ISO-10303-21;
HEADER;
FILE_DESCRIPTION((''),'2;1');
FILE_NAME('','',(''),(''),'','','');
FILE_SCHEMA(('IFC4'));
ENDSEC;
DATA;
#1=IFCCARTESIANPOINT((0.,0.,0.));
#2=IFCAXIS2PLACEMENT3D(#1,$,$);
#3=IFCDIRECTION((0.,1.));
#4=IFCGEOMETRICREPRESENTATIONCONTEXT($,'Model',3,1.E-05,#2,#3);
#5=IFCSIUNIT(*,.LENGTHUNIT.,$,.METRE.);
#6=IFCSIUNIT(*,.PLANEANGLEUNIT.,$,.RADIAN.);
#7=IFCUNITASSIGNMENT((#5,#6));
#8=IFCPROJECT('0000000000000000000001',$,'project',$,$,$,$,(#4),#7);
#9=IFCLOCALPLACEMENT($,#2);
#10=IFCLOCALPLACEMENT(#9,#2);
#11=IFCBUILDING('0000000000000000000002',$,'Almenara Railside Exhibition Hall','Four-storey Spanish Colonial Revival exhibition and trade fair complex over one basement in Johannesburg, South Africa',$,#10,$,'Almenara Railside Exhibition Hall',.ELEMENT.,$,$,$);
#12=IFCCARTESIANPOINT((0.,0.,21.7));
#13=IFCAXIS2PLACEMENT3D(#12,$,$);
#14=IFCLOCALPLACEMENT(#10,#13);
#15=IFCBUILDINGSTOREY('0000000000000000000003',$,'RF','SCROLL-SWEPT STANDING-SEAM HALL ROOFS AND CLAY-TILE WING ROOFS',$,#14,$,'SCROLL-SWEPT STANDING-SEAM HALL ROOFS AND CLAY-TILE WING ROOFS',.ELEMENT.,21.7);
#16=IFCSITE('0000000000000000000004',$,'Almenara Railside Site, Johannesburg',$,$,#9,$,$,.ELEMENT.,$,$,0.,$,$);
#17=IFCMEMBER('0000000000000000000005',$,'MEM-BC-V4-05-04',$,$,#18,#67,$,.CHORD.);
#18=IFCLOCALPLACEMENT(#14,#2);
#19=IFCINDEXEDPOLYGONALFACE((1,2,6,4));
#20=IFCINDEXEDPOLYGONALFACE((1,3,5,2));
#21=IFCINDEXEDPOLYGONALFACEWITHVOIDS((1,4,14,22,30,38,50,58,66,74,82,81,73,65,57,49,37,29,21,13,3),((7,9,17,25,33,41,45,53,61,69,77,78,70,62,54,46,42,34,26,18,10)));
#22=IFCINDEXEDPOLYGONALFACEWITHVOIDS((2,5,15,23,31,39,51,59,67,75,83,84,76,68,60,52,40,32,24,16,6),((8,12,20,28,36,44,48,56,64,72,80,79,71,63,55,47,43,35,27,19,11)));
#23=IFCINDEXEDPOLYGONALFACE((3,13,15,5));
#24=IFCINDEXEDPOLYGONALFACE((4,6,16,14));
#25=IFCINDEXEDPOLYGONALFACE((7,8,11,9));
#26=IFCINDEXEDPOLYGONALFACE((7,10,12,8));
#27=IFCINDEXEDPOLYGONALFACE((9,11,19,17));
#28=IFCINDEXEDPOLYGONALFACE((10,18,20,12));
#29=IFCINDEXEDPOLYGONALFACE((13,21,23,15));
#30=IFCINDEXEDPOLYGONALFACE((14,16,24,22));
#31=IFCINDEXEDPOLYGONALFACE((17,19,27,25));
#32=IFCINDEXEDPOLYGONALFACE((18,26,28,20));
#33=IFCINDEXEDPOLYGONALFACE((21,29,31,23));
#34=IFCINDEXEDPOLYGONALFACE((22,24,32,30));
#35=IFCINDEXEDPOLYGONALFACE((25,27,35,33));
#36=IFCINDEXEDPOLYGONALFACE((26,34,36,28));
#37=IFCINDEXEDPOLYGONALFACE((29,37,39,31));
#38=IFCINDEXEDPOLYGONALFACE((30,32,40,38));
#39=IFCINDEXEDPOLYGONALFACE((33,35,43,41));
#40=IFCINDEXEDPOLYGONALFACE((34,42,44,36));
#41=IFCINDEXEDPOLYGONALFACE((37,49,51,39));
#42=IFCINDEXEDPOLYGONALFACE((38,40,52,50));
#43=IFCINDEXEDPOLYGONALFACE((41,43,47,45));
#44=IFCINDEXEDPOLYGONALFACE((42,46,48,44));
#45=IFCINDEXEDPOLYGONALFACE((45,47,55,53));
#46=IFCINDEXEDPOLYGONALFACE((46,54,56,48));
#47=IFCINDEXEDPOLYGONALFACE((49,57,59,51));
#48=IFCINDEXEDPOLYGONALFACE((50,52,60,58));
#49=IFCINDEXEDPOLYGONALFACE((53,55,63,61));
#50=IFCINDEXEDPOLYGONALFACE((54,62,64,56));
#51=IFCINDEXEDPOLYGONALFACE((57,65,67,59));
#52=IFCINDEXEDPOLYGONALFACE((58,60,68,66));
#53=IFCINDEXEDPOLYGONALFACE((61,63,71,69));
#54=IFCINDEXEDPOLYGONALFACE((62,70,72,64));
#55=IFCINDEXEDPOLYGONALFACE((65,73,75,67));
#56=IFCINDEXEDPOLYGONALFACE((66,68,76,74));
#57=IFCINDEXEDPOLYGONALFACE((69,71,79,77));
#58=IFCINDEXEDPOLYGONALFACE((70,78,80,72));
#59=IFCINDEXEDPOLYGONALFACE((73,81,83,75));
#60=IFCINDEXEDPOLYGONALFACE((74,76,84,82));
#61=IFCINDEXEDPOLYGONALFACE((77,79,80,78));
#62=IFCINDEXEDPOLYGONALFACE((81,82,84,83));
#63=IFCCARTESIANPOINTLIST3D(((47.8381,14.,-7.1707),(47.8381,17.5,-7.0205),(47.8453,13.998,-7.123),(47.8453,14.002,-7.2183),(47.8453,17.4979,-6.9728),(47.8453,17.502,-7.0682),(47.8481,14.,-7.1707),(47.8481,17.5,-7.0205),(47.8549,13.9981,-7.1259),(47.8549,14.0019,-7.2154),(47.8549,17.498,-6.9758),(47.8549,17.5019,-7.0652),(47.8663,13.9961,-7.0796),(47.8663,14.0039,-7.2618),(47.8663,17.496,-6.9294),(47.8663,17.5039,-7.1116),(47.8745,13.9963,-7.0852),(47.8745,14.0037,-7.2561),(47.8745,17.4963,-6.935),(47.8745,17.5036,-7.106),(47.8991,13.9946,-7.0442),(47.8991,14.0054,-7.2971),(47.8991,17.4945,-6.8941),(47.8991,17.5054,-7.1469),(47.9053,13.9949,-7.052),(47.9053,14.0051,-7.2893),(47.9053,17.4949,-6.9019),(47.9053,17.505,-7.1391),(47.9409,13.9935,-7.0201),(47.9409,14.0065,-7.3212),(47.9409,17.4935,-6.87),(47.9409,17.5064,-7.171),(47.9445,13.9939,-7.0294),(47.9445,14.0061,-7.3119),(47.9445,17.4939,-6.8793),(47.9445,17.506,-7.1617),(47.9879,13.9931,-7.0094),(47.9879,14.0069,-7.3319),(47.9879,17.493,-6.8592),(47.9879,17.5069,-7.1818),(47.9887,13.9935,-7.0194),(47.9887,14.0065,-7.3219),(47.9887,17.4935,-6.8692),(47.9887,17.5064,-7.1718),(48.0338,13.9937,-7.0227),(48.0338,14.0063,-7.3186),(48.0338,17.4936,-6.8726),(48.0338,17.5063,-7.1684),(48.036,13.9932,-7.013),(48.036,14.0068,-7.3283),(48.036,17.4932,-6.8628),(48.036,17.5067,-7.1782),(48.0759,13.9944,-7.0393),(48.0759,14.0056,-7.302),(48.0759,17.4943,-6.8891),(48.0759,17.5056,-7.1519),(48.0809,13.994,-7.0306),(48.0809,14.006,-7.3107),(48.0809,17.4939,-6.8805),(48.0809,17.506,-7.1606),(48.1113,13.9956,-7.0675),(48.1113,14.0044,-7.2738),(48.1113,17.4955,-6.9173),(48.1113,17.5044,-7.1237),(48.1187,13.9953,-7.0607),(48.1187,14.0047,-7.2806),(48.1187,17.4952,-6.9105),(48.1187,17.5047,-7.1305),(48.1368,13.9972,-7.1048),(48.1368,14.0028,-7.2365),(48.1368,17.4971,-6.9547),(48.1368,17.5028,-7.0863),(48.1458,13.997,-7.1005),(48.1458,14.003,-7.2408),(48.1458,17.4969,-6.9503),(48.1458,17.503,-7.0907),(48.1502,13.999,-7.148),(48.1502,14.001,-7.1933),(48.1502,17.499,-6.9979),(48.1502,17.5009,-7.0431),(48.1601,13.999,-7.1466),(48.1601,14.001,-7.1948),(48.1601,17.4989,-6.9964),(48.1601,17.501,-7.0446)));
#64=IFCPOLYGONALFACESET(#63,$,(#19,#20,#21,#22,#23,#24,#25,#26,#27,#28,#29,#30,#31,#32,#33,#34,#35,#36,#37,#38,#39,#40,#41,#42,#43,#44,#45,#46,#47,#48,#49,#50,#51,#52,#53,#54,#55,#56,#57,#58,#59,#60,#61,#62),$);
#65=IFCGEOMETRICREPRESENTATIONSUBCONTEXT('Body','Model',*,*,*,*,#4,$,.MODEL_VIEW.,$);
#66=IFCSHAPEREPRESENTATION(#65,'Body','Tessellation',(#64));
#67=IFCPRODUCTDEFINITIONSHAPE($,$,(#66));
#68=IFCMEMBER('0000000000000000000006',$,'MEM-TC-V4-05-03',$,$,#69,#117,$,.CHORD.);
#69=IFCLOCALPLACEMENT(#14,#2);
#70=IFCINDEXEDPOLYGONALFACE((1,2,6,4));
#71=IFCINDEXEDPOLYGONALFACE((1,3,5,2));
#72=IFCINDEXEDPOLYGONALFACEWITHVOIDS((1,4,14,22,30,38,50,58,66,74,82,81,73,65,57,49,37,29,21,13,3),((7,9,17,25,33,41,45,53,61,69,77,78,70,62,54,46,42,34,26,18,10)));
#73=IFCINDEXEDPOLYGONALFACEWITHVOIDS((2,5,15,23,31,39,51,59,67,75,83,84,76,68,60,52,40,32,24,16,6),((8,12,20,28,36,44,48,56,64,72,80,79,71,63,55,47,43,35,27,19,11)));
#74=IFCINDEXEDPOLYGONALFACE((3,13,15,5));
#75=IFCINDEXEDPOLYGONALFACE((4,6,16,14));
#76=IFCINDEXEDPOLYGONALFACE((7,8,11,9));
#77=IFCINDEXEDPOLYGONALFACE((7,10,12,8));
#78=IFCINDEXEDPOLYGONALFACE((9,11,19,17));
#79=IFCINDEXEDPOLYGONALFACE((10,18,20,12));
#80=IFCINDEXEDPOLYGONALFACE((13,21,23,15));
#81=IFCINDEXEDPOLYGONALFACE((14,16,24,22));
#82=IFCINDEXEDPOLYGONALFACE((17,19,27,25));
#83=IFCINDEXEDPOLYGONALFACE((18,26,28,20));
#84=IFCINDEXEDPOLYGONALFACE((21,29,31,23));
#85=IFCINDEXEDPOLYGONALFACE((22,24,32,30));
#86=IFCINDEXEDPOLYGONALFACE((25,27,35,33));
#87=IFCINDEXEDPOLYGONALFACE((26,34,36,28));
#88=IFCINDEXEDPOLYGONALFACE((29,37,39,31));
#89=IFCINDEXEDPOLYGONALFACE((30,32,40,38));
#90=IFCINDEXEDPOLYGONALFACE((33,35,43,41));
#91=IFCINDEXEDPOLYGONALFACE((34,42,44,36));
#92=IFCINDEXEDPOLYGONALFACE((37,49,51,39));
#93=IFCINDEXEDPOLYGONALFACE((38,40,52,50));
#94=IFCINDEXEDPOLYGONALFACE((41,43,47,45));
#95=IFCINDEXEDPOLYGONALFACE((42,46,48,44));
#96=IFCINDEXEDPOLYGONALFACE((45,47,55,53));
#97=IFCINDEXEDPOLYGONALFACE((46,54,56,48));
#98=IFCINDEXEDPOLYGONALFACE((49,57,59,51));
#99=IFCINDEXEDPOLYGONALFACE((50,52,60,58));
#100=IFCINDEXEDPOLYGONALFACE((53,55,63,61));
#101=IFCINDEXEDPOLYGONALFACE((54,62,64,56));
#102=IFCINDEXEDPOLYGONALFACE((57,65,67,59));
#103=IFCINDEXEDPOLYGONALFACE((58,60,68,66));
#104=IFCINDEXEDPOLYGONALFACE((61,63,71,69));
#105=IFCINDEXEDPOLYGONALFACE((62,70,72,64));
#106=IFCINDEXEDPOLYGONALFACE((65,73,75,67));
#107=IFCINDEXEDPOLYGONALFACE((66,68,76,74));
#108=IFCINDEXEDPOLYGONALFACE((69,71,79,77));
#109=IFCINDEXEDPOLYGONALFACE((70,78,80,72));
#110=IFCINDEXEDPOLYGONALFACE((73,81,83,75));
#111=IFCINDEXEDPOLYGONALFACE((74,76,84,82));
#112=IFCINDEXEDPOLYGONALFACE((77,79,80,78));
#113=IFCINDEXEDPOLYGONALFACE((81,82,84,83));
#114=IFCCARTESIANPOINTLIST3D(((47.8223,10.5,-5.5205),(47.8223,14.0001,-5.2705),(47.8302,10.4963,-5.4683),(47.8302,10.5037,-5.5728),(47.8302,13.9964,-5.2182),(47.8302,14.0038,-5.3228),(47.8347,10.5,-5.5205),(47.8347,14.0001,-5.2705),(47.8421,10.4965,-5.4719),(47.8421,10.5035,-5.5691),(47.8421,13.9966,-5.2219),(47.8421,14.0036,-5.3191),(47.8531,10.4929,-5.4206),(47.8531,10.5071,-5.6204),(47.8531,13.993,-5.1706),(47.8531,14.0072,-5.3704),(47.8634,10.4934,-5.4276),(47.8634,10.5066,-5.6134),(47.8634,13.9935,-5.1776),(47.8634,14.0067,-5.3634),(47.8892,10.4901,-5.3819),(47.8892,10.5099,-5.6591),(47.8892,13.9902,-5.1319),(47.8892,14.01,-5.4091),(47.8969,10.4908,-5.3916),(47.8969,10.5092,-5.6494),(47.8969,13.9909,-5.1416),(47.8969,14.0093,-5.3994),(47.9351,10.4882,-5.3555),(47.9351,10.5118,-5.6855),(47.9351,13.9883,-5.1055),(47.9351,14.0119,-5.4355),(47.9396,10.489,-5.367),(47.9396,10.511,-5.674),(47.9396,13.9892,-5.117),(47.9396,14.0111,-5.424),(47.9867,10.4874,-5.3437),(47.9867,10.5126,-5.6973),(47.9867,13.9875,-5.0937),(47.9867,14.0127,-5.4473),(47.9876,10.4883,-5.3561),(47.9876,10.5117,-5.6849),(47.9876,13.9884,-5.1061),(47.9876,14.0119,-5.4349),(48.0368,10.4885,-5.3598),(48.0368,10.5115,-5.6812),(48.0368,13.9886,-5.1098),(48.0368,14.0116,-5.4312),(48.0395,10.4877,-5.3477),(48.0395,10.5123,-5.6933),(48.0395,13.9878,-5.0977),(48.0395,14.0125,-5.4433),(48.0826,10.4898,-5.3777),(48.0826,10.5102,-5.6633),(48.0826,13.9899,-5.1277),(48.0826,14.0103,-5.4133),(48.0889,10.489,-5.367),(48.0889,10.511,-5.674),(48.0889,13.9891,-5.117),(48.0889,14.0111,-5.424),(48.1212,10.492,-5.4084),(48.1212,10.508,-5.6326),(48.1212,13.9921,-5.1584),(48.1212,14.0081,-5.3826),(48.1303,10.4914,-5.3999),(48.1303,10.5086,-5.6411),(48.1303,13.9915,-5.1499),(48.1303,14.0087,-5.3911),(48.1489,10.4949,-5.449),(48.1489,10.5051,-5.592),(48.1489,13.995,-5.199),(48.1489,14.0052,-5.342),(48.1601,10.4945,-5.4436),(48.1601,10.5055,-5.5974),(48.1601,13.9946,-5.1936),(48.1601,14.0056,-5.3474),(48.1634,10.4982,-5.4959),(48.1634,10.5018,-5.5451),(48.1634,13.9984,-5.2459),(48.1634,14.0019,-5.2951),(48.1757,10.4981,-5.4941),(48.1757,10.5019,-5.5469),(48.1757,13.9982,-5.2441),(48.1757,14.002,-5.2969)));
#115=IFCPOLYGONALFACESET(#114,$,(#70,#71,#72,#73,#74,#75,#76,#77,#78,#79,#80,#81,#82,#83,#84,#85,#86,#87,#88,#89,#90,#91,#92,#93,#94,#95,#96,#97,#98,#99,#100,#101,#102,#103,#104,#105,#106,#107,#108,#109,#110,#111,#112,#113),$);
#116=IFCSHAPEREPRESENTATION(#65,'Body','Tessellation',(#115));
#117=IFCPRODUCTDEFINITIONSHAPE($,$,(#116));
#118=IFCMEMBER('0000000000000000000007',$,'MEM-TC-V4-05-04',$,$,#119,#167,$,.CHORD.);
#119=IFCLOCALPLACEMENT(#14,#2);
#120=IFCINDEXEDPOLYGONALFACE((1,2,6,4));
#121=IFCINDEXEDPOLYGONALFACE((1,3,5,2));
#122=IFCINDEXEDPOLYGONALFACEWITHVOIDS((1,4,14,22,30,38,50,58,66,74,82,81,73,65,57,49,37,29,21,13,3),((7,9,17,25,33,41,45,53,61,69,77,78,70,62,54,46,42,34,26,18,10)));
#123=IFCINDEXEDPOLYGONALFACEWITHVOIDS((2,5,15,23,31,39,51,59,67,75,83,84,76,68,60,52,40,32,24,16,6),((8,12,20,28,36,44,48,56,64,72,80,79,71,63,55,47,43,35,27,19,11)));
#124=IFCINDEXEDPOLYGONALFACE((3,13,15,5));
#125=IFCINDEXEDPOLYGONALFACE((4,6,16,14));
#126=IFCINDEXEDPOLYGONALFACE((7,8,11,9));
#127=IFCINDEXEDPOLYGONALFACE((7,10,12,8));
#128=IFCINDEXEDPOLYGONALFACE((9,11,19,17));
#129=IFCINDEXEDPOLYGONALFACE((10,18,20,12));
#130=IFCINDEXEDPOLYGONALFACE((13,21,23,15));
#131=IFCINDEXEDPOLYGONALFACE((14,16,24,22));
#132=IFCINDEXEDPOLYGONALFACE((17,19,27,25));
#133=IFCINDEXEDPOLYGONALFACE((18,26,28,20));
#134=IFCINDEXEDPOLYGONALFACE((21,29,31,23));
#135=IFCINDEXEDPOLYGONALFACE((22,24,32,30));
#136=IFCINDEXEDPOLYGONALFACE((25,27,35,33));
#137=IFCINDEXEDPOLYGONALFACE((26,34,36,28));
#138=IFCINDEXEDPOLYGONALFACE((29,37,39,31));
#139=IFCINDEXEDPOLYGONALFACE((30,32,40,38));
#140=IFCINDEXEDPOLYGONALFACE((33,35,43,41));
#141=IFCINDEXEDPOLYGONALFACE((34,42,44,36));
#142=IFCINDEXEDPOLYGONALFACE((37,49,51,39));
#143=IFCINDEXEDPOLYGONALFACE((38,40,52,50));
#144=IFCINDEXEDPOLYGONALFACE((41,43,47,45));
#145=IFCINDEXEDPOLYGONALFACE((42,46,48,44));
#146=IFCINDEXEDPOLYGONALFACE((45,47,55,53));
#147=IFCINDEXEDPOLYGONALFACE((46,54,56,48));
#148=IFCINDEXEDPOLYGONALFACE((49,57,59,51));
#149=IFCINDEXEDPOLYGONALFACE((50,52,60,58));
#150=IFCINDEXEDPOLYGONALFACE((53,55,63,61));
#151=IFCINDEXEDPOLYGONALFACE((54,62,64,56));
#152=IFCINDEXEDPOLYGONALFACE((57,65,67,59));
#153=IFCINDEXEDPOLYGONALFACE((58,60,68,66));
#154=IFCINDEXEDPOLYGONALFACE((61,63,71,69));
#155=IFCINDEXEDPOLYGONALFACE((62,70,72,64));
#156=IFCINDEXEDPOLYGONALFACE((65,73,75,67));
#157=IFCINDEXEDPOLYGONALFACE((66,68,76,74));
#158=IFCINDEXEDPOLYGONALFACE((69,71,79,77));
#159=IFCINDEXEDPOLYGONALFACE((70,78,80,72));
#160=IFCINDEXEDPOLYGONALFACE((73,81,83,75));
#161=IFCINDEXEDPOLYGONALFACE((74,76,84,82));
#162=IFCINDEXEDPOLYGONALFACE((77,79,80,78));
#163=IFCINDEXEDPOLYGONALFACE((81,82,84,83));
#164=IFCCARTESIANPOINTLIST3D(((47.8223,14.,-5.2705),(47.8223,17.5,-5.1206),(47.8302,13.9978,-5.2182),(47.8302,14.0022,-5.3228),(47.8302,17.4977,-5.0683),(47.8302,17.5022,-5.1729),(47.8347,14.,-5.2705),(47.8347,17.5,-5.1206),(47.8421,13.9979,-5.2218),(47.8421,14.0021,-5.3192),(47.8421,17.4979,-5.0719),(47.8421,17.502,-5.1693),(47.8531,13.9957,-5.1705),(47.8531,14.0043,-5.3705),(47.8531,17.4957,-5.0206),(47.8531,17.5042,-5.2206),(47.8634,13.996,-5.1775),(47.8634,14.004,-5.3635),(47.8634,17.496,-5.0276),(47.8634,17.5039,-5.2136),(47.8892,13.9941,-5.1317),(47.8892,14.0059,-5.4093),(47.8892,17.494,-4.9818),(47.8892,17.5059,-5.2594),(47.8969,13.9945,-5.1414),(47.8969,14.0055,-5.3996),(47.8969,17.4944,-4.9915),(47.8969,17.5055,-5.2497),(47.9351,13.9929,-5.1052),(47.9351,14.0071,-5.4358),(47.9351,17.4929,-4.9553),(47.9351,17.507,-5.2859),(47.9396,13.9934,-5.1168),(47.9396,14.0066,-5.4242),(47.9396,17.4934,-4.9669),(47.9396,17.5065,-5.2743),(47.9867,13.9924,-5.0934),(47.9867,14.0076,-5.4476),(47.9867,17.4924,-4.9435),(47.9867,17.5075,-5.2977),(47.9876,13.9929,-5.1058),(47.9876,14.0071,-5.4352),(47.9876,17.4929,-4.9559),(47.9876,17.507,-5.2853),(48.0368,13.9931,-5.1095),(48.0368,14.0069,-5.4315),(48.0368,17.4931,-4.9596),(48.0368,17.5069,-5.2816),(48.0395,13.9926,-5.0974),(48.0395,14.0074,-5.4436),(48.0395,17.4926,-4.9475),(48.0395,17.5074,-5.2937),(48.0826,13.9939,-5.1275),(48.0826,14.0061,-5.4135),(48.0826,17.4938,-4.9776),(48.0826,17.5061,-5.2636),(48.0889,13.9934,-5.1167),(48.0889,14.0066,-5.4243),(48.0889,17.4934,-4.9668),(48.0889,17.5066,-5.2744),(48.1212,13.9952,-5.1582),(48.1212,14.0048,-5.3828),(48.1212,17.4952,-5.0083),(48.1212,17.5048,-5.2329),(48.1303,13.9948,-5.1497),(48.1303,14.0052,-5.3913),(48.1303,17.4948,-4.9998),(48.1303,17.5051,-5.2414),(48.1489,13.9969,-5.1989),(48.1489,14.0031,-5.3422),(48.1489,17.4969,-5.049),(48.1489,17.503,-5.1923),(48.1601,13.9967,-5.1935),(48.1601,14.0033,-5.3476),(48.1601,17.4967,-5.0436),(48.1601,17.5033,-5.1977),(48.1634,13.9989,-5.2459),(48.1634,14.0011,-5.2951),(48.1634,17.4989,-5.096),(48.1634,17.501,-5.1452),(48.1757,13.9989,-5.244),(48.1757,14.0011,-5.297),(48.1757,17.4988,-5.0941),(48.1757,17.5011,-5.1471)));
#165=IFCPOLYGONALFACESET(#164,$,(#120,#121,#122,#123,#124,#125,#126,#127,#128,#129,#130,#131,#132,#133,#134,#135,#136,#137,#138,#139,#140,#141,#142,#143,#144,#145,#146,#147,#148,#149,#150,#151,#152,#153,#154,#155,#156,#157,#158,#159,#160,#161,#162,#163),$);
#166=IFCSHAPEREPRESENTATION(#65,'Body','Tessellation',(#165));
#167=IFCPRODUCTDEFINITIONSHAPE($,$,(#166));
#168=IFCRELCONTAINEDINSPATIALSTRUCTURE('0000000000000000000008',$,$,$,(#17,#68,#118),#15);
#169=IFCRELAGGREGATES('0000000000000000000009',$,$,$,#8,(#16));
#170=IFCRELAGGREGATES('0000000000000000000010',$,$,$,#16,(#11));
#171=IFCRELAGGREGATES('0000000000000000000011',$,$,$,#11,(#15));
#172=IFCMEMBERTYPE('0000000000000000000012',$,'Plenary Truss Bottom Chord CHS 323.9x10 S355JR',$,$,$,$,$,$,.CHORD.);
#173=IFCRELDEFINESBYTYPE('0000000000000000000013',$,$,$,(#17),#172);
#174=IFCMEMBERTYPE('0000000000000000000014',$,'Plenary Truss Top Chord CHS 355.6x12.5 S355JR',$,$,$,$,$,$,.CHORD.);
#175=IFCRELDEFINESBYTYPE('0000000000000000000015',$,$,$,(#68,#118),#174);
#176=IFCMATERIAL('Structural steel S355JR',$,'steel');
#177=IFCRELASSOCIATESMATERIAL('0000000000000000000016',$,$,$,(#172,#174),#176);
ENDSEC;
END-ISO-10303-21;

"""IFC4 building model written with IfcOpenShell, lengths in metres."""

from ifc_helpers import new_model, si_unit, direction, frame, origin, origin_2d, place, context, subcontext, project, spatial, hollow_circle, extrude, material, material_profile, profile_set, type_object, element, save


model = new_model("IFC4")

# Units and contexts
model_context = context("Model", 3, precision=1e-05, world=origin(), true_north=direction((0.0, 1.0)))
body_context = subcontext(model_context, "Body", "Model", "MODEL_VIEW")
ifc_project = project(units=[si_unit("LENGTHUNIT", "METRE"), si_unit("PLANEANGLEUNIT", "RADIAN")], contexts=[model_context])

# Site, building, storey
site_placement = place(None, origin())
site = spatial("IfcSite", under=ifc_project, at=site_placement, Name="Almenara Railside Site, Johannesburg", CompositionType="ELEMENT", RefElevation=0.0)
building_placement = place(site_placement, origin())
building = spatial("IfcBuilding", under=site, at=building_placement, Name="Almenara Railside Exhibition Hall", Description="Four-storey Spanish Colonial Revival exhibition and trade fair complex over one basement in Johannesburg, South Africa", LongName="Almenara Railside Exhibition Hall", CompositionType="ELEMENT")
storey_placement = place(building_placement, frame((0.0, 0.0, 21.7)))
storey = spatial("IfcBuildingStorey", under=building, at=storey_placement, Name="RF", Description="SCROLL-SWEPT STANDING-SEAM HALL ROOFS AND CLAY-TILE WING ROOFS", LongName="SCROLL-SWEPT STANDING-SEAM HALL ROOFS AND CLAY-TILE WING ROOFS", CompositionType="ELEMENT", Elevation=21.7)

# Members
ifc_material_1 = material(Name="Structural steel S355JR", Category="steel")
ifc_material_profile_1 = material_profile(ifc_material_1, hollow_circle(Radius=0.1619, WallThickness=0.01, at=origin_2d()), Name="CHS 323.9x10")
ifc_profile_set_1 = profile_set([ifc_material_profile_1], Name="Structural steel S355JR")
member_type_1 = type_object("IfcMemberType", Name="Plenary Truss Bottom Chord CHS 323.9x10 S355JR", PredefinedType="CHORD", material=ifc_profile_set_1)
member_1_placement = place(storey_placement, frame((48.0, 14.0, -7.1707), z_axis=(0.0, 0.999081, 0.04286), x_axis=(-1.0, 0.0, 0.0)))
element("IfcMember", 1, at=member_1_placement, inside=storey, type_object=member_type_1, Name="MEM-BC-V4-05-04", PredefinedType="CHORD", context=body_context, shape_type="SweptSolid", body=[
    extrude(hollow_circle(Radius=0.1619, WallThickness=0.01, at=origin_2d()), origin(), (0.0, 0.0, 1.0), 3.5032),
])
ifc_material_profile_2 = material_profile(ifc_material_1, hollow_circle(Radius=0.1777, WallThickness=0.0125, at=origin_2d()), Name="CHS 355.6x12.5")
ifc_profile_set_2 = profile_set([ifc_material_profile_2], Name="Structural steel S355JR")
member_type_2 = type_object("IfcMemberType", Name="Plenary Truss Top Chord CHS 355.6x12.5 S355JR", PredefinedType="CHORD", material=ifc_profile_set_2)
member_2_placement = place(storey_placement, frame((48.0, 10.5, -5.5205), z_axis=(0.0, 0.997459, 0.071247), x_axis=(-1.0, 0.0, 0.0)))
element("IfcMember", 2, at=member_2_placement, inside=storey, type_object=member_type_2, Name="MEM-TC-V4-05-03", PredefinedType="CHORD", context=body_context, shape_type="SweptSolid", body=[
    extrude(hollow_circle(Radius=0.1777, WallThickness=0.0125, at=origin_2d()), origin(), (0.0, 0.0, 1.0), 3.509),
])
member_3_placement = place(storey_placement, frame((48.0, 14.0, -5.2705), z_axis=(0.0, 0.999084, 0.04279), x_axis=(-1.0, 0.0, 0.0)))
element("IfcMember", 3, at=member_3_placement, inside=storey, type_object=member_type_2, Name="MEM-TC-V4-05-04", PredefinedType="CHORD", context=body_context, shape_type="SweptSolid", body=[
    extrude(hollow_circle(Radius=0.1777, WallThickness=0.0125, at=origin_2d()), origin(), (0.0, 0.0, 1.0), 3.5032),
])

save(model, "model.ifc")
